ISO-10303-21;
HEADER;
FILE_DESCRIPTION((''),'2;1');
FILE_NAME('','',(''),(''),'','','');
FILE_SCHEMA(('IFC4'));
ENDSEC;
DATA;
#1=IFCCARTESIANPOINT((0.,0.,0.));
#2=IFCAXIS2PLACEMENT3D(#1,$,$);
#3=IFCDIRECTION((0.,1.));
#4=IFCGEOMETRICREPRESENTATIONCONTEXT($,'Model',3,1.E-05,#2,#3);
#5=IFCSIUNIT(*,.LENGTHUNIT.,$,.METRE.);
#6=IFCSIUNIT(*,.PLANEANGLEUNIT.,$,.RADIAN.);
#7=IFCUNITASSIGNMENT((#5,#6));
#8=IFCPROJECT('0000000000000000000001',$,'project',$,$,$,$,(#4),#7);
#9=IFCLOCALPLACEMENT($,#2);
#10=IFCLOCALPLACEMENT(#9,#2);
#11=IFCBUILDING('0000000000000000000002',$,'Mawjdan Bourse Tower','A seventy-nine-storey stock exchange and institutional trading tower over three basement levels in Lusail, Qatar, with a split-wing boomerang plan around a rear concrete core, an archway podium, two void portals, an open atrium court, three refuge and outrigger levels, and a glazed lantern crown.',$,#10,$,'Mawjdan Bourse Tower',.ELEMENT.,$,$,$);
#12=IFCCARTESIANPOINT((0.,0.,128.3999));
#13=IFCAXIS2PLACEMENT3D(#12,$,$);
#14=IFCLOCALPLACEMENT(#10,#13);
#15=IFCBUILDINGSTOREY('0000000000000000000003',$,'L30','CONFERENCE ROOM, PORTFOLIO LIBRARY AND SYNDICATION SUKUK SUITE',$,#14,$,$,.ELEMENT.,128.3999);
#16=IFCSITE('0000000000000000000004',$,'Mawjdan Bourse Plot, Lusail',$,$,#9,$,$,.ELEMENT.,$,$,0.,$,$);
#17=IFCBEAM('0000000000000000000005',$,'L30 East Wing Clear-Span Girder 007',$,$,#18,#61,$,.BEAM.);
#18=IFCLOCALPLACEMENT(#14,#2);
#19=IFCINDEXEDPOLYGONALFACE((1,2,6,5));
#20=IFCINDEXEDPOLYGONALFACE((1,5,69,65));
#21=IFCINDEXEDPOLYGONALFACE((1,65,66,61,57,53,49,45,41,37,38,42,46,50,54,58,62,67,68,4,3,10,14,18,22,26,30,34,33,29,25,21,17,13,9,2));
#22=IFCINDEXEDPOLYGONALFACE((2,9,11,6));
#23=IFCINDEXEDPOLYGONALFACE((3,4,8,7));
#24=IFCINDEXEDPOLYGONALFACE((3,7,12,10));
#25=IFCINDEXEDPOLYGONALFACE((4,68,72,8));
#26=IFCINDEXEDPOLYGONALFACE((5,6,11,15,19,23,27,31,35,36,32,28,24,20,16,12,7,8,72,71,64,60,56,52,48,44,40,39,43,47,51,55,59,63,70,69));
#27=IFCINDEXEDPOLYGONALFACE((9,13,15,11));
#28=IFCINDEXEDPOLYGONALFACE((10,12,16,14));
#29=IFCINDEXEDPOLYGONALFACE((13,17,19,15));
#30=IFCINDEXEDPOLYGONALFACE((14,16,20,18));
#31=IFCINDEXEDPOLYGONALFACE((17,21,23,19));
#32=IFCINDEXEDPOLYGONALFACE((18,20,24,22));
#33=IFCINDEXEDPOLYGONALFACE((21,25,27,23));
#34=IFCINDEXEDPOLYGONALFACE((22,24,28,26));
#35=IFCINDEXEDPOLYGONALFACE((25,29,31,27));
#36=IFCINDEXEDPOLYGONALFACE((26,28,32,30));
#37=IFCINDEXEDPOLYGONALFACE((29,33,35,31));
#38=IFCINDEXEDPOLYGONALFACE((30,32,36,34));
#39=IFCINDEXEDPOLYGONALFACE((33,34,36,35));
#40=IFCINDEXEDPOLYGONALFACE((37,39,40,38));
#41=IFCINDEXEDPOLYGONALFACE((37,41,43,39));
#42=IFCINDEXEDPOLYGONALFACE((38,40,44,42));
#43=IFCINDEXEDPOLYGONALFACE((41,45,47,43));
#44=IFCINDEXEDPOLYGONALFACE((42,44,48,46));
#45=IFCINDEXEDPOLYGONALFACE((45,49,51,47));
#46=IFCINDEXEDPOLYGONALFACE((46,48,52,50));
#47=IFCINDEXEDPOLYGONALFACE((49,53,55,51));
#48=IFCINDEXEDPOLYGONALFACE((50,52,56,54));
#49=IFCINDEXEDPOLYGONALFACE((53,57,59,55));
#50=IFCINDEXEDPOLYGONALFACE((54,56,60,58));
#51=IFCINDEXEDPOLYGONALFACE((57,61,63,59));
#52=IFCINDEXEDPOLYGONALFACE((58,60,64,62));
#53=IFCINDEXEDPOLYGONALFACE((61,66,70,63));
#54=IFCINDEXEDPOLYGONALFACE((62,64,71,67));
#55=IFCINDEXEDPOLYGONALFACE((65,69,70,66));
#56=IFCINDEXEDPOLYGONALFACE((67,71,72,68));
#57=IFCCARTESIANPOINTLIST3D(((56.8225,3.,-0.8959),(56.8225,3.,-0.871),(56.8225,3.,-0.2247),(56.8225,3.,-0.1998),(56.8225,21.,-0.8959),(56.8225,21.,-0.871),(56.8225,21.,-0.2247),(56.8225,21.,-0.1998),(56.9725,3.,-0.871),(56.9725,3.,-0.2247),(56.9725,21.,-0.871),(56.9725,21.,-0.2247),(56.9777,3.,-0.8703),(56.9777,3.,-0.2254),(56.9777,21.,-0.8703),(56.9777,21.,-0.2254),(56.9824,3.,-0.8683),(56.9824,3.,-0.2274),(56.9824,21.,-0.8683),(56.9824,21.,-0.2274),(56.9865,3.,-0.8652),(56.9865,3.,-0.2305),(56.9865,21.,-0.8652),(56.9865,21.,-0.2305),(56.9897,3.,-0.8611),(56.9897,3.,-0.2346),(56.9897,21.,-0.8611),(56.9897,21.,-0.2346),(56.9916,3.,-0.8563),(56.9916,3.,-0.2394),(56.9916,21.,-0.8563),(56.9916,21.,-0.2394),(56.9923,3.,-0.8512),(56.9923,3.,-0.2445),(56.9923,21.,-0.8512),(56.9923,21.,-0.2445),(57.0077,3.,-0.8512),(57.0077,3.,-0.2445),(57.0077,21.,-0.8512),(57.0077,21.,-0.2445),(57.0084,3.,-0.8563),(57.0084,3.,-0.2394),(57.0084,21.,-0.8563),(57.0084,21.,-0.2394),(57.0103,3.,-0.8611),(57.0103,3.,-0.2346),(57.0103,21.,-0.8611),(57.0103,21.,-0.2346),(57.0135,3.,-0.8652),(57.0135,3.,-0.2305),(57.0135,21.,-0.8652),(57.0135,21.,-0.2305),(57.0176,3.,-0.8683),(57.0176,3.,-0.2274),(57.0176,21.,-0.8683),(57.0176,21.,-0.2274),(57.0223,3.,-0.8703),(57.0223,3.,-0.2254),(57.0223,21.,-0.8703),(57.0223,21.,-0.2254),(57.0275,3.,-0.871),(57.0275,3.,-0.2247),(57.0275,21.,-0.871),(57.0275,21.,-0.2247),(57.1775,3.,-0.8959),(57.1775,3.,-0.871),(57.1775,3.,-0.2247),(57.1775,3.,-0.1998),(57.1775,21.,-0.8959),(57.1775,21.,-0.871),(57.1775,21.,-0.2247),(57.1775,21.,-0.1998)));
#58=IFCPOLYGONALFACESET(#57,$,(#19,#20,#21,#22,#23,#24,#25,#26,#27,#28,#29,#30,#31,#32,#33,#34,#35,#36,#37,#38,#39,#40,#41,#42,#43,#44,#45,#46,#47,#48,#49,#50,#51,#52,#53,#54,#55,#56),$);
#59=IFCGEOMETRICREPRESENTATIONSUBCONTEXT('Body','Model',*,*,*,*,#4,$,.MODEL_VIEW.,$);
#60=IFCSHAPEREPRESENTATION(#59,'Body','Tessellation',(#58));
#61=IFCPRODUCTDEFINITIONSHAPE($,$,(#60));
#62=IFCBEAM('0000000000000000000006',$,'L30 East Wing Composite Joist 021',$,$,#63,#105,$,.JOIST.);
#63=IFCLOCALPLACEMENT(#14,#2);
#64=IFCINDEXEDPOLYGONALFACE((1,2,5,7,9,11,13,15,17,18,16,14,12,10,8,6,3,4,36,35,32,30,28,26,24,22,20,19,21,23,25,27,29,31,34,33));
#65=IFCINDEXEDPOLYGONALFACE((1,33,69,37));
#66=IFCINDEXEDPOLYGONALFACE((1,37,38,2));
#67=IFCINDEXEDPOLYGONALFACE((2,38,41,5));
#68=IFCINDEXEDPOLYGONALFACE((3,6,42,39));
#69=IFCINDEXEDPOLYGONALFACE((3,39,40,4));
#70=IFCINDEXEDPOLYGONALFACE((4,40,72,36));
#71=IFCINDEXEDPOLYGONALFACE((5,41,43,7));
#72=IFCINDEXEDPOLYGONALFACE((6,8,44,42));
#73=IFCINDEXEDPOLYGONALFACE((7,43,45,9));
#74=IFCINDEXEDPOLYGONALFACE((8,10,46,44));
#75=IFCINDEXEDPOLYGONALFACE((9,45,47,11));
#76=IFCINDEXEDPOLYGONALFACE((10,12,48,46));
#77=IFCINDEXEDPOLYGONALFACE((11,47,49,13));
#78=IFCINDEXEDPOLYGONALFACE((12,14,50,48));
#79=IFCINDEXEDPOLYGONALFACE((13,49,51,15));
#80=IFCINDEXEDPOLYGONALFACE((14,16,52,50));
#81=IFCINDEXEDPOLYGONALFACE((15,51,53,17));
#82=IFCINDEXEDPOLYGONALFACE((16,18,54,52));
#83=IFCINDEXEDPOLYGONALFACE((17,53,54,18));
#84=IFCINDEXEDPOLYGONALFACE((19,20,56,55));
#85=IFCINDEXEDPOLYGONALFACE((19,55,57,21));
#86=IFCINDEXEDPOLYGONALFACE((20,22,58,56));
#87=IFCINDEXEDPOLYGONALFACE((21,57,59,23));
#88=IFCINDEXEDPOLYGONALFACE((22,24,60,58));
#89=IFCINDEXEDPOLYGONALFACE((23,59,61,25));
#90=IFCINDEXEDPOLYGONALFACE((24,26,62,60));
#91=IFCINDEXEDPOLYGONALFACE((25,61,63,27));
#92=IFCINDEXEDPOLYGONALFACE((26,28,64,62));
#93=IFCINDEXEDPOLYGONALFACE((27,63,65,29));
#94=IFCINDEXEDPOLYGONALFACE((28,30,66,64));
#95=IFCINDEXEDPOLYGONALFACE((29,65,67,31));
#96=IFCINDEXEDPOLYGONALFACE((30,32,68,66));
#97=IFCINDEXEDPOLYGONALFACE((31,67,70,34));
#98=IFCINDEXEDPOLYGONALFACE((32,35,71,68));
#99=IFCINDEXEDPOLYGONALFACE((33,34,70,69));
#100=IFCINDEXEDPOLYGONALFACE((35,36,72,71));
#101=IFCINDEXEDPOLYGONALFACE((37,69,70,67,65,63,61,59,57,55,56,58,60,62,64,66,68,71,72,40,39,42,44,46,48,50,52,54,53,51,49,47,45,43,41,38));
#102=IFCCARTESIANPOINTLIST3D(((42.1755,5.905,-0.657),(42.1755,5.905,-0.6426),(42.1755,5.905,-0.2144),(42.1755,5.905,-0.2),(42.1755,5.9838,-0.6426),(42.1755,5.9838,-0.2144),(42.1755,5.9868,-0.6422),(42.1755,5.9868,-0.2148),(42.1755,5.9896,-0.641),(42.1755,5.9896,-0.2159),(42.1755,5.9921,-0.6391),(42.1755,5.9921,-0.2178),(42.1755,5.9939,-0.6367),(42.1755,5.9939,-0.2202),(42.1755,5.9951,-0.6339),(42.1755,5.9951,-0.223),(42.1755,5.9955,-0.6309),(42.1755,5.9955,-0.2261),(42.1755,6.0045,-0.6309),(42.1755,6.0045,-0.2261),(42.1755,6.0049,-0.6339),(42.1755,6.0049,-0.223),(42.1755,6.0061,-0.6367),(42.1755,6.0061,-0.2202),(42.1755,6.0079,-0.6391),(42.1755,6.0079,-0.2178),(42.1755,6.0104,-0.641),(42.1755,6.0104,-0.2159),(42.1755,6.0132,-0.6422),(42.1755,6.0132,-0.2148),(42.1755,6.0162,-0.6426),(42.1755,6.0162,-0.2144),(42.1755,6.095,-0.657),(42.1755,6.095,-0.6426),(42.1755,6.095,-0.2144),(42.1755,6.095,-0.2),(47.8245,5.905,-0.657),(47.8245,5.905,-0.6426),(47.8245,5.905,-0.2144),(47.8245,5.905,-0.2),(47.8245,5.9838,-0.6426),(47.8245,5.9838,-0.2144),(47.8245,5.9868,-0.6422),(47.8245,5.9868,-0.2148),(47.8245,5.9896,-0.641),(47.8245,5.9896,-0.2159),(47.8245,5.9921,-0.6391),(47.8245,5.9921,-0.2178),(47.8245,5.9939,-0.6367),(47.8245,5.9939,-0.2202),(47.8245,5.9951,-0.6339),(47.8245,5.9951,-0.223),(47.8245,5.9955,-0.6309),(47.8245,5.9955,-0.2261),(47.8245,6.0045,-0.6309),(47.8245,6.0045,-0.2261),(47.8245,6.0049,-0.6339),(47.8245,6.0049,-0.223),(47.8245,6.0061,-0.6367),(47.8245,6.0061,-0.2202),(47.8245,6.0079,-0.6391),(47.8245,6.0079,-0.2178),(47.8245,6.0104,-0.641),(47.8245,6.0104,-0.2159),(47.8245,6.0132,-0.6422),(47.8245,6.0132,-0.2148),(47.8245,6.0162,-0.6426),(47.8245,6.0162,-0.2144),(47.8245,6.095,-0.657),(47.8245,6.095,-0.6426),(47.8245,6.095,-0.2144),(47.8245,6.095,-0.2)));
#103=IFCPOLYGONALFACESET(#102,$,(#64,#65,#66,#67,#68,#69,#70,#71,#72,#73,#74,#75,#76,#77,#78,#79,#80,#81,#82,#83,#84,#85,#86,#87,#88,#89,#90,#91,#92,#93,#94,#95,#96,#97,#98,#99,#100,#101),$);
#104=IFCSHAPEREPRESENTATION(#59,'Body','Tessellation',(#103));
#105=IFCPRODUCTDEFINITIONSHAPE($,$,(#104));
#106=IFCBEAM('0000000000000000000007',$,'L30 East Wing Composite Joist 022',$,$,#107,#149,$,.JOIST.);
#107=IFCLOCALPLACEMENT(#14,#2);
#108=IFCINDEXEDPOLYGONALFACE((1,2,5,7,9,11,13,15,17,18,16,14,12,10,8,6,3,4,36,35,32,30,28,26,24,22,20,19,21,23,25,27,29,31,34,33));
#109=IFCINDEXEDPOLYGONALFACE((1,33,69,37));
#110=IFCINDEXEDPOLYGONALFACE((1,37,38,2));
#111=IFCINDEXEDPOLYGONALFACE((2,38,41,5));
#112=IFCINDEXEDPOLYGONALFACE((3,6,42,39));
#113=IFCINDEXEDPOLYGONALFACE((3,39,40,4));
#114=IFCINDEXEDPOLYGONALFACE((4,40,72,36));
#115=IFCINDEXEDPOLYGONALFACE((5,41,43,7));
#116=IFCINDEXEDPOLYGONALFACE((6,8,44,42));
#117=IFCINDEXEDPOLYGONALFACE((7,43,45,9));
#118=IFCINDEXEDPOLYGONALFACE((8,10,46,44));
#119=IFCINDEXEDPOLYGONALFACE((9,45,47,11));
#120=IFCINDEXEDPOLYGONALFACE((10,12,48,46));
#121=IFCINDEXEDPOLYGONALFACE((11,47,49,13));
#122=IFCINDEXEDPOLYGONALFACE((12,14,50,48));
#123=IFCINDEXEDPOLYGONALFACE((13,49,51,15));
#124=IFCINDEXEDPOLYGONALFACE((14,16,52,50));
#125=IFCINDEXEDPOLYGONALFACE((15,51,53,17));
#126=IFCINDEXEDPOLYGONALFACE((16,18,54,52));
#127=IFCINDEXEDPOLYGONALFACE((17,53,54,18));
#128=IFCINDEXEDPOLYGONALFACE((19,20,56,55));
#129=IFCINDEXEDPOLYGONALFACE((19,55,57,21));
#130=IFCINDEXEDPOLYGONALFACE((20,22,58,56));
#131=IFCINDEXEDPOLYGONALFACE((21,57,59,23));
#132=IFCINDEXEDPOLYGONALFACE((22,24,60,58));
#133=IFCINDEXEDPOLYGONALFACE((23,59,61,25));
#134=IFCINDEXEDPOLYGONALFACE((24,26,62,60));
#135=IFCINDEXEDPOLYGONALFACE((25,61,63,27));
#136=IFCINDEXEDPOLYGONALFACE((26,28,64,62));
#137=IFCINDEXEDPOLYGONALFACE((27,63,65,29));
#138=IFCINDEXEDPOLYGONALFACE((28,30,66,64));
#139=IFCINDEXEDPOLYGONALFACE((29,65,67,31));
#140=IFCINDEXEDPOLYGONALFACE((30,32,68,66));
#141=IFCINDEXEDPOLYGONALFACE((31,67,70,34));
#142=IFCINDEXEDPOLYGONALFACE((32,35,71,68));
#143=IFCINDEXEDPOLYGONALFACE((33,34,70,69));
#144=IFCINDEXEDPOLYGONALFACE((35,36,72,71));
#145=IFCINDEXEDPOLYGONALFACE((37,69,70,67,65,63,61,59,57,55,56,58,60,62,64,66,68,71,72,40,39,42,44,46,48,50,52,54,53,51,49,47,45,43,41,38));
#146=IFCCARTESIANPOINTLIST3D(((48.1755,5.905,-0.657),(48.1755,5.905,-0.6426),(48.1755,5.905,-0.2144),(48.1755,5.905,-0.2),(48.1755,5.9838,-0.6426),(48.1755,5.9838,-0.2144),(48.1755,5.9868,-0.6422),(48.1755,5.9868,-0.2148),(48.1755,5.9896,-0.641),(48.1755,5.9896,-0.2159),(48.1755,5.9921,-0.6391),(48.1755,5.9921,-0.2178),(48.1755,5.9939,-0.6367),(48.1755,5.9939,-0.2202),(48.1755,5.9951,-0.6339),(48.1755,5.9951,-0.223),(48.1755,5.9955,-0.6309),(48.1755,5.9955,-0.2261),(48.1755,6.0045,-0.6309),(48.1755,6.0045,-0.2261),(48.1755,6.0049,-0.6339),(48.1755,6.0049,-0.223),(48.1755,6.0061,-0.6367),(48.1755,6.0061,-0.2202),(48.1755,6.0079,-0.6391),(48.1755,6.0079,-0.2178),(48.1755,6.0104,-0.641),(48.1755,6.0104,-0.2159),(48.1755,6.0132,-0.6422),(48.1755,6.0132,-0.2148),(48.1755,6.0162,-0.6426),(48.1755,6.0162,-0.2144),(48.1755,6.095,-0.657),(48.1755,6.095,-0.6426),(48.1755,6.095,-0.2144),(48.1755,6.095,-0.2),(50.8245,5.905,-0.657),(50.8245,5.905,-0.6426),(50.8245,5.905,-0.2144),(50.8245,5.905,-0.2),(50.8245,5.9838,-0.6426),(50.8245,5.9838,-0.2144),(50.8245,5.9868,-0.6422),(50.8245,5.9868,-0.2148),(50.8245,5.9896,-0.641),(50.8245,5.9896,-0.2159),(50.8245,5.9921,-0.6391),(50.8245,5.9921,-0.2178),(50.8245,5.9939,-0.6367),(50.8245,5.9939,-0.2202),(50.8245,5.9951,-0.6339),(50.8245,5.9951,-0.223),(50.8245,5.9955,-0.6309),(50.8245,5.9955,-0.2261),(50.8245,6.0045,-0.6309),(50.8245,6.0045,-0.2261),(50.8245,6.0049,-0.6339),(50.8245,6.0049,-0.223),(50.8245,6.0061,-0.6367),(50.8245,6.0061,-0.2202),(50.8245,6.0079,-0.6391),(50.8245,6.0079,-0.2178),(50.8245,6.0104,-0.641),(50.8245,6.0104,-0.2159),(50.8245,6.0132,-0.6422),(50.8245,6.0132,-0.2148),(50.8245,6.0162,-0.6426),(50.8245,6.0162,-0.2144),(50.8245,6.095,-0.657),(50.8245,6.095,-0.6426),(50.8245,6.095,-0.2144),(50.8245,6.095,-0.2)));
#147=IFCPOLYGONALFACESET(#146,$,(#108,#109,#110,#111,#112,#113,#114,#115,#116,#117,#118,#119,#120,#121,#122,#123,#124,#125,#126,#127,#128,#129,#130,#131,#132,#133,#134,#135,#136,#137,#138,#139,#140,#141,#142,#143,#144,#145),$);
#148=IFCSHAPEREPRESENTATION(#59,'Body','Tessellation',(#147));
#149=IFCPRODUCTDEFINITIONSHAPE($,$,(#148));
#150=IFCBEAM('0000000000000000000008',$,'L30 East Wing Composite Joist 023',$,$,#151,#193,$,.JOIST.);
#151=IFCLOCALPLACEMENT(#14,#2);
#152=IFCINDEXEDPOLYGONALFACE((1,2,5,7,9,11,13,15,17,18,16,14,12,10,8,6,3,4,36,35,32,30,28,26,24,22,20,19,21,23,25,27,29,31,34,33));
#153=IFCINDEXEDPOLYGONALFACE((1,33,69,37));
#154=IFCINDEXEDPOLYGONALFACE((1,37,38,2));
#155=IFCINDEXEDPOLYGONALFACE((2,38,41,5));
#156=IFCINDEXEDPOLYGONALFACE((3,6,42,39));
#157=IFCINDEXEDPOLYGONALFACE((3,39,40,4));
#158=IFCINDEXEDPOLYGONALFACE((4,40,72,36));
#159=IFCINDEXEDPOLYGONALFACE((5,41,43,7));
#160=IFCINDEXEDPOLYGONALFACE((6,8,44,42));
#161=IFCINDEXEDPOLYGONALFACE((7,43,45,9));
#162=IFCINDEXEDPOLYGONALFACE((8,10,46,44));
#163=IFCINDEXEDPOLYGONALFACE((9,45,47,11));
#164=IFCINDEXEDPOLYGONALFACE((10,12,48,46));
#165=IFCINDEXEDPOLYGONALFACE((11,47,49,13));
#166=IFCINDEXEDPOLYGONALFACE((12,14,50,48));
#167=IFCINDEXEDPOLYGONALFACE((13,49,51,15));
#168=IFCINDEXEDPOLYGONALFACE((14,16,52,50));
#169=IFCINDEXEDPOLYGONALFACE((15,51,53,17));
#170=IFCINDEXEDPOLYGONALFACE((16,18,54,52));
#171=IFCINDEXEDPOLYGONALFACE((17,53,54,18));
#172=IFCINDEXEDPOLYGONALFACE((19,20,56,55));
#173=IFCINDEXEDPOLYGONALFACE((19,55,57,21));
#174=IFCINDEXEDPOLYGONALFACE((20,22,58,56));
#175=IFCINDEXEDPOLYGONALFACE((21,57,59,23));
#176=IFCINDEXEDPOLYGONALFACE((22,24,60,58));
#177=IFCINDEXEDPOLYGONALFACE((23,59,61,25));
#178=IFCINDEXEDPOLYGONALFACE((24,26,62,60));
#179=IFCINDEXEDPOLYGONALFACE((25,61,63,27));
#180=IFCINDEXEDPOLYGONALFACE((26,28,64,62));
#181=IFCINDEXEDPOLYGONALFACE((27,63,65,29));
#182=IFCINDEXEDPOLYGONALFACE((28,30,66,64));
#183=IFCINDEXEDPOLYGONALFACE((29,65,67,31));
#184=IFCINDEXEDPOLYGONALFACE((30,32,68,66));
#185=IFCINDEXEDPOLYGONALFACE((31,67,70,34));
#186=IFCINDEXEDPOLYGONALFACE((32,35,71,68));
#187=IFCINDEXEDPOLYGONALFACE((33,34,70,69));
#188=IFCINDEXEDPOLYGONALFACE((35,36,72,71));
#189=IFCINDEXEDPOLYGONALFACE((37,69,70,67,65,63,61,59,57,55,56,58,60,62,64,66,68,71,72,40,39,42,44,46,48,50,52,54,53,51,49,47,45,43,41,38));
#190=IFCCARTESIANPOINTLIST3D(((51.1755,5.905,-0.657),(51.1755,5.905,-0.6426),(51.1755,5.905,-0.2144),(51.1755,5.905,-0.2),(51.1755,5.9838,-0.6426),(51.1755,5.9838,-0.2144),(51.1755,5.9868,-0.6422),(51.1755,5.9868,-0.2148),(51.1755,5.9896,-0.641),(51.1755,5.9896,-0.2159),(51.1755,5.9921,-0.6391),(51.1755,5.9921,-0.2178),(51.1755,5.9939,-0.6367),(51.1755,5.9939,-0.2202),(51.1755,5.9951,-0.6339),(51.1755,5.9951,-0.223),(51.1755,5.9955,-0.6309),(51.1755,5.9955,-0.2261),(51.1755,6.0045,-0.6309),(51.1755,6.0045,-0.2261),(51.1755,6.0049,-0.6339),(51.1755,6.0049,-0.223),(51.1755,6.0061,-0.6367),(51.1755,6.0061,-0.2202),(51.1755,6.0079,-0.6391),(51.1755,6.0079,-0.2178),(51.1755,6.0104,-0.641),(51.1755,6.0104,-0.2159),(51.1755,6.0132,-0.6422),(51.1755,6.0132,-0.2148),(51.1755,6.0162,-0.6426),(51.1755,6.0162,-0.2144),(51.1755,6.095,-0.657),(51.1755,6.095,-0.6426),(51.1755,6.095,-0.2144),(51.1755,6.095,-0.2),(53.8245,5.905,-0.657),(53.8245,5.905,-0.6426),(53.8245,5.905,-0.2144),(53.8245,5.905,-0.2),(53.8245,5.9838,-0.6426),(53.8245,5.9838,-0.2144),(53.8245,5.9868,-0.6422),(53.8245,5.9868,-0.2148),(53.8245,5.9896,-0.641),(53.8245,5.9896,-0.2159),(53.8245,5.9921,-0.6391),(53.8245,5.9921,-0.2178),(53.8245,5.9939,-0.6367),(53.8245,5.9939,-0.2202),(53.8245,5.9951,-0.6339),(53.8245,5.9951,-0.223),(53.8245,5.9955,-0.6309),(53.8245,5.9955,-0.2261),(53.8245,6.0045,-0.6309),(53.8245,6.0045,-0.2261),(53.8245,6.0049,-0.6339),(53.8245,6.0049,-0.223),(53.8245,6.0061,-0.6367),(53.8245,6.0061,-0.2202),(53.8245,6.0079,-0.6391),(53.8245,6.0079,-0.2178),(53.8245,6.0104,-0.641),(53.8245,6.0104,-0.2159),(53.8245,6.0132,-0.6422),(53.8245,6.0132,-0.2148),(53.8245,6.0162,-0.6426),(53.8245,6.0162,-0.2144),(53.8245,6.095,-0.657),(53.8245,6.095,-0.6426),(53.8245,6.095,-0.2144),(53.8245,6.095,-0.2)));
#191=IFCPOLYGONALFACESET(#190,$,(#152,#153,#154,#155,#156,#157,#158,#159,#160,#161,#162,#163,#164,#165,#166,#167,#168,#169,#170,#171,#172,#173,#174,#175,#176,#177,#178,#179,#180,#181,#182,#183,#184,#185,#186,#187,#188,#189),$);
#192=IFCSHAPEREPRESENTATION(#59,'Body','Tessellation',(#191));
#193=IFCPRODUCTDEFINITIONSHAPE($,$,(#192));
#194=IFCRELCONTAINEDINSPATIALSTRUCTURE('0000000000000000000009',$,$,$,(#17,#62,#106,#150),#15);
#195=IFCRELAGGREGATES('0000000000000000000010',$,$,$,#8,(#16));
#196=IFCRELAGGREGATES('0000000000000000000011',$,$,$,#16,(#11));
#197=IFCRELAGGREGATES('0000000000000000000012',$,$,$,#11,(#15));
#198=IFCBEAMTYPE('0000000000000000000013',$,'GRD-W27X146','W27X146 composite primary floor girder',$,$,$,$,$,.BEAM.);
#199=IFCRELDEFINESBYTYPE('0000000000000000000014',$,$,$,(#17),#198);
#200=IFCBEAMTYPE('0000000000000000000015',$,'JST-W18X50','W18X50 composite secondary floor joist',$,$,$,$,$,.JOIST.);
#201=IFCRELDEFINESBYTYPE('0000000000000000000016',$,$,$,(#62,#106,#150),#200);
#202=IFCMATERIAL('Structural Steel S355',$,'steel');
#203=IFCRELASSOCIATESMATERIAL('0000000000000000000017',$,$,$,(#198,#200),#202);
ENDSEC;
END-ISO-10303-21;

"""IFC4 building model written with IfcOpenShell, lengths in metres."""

from ifc_helpers import new_model, si_unit, direction, frame, origin, origin_2d, place, context, subcontext, project, spatial, i_section, extrude, material, material_profile, profile_set, type_object, element, save


model = new_model("IFC4")

# Units and contexts
model_context = context("Model", 3, precision=1e-05, world=origin(), true_north=direction((0.0, 1.0)))
body_context = subcontext(model_context, "Body", "Model", "MODEL_VIEW")
ifc_project = project(units=[si_unit("LENGTHUNIT", "METRE"), si_unit("PLANEANGLEUNIT", "RADIAN")], contexts=[model_context])

# Site, building, storey
site_placement = place(None, origin())
site = spatial("IfcSite", under=ifc_project, at=site_placement, Name="Mawjdan Bourse Plot, Lusail", CompositionType="ELEMENT", RefElevation=0.0)
building_placement = place(site_placement, origin())
building = spatial("IfcBuilding", under=site, at=building_placement, Name="Mawjdan Bourse Tower", Description="A seventy-nine-storey stock exchange and institutional trading tower over three basement levels in Lusail, Qatar, with a split-wing boomerang plan around a rear concrete core, an archway podium, two void portals, an open atrium court, three refuge and outrigger levels, and a glazed lantern crown.", LongName="Mawjdan Bourse Tower", CompositionType="ELEMENT")
storey_placement = place(building_placement, frame((0.0, 0.0, 128.3999)))
storey = spatial("IfcBuildingStorey", under=building, at=storey_placement, Name="L30", Description="CONFERENCE ROOM, PORTFOLIO LIBRARY AND SYNDICATION SUKUK SUITE", CompositionType="ELEMENT", Elevation=128.3999)

# Shared definitions
ifc_material_1 = material(Name="Structural Steel S355", Category="steel")

# Beams
ifc_material_profile_1 = material_profile(ifc_material_1, i_section(OverallWidth=0.355, OverallDepth=0.696, WebThickness=0.0154, FlangeThickness=0.0249, FilletRadius=0.0198, at=origin_2d()), Name="W27X146")
ifc_profile_set_1 = profile_set([ifc_material_profile_1], Name="Structural Steel S355")
beam_type_1 = type_object("IfcBeamType", Name="GRD-W27X146", Description="W27X146 composite primary floor girder", PredefinedType="BEAM", material=ifc_profile_set_1)
for number, where, z_axis, x_axis, name in (
    (1, (57.0, 3.0, -0.5479), (0.0, 1.0, 0.0), (-1.0, 0.0, 0.0), "L30 East Wing Clear-Span Girder 007"),
):
    element("IfcBeam", number, at=place(storey_placement, frame(where, z_axis=z_axis, x_axis=x_axis)), inside=storey, type_object=beam_type_1, Name=name, PredefinedType="BEAM", context=body_context, shape_type="SweptSolid", body=[
        extrude(i_section(OverallWidth=0.355, OverallDepth=0.696, WebThickness=0.0154, FlangeThickness=0.0249, FilletRadius=0.0198, at=origin_2d()), origin(), (0.0, 0.0, 1.0), 18.0),
    ])
ifc_material_profile_2 = material_profile(ifc_material_1, i_section(OverallWidth=0.1899, OverallDepth=0.457, WebThickness=0.009, FlangeThickness=0.0144, FilletRadius=0.0117, at=origin_2d()), Name="W18X50")
ifc_profile_set_2 = profile_set([ifc_material_profile_2], Name="Structural Steel S355")
beam_type_2 = type_object("IfcBeamType", Name="JST-W18X50", Description="W18X50 composite secondary floor joist", PredefinedType="JOIST", material=ifc_profile_set_2)
beam_1_placement = place(storey_placement, frame((42.1755, 6.0, -0.4285), z_axis=(1.0, 0.0, 0.0), x_axis=(0.0, 1.0, 0.0)))
element("IfcBeam", 2, at=beam_1_placement, inside=storey, type_object=beam_type_2, Name="L30 East Wing Composite Joist 021", PredefinedType="JOIST", context=body_context, shape_type="SweptSolid", body=[
    extrude(i_section(OverallWidth=0.1899, OverallDepth=0.457, WebThickness=0.009, FlangeThickness=0.0144, FilletRadius=0.0117, at=origin_2d()), origin(), (0.0, 0.0, 1.0), 5.6489),
])
for number, where, z_axis, x_axis, name in (
    (3, (48.1755, 6.0, -0.4285), (1.0, 0.0, 0.0), (0.0, 1.0, 0.0), "L30 East Wing Composite Joist 022"),
    (4, (51.1755, 6.0, -0.4285), (1.0, 0.0, 0.0), (0.0, 1.0, 0.0), "L30 East Wing Composite Joist 023"),
):
    element("IfcBeam", number, at=place(storey_placement, frame(where, z_axis=z_axis, x_axis=x_axis)), inside=storey, type_object=beam_type_2, Name=name, PredefinedType="JOIST", context=body_context, shape_type="SweptSolid", body=[
        extrude(i_section(OverallWidth=0.1899, OverallDepth=0.457, WebThickness=0.009, FlangeThickness=0.0144, FilletRadius=0.0117, at=origin_2d()), origin(), (0.0, 0.0, 1.0), 2.6489),
    ])

save(model, "model.ifc")
